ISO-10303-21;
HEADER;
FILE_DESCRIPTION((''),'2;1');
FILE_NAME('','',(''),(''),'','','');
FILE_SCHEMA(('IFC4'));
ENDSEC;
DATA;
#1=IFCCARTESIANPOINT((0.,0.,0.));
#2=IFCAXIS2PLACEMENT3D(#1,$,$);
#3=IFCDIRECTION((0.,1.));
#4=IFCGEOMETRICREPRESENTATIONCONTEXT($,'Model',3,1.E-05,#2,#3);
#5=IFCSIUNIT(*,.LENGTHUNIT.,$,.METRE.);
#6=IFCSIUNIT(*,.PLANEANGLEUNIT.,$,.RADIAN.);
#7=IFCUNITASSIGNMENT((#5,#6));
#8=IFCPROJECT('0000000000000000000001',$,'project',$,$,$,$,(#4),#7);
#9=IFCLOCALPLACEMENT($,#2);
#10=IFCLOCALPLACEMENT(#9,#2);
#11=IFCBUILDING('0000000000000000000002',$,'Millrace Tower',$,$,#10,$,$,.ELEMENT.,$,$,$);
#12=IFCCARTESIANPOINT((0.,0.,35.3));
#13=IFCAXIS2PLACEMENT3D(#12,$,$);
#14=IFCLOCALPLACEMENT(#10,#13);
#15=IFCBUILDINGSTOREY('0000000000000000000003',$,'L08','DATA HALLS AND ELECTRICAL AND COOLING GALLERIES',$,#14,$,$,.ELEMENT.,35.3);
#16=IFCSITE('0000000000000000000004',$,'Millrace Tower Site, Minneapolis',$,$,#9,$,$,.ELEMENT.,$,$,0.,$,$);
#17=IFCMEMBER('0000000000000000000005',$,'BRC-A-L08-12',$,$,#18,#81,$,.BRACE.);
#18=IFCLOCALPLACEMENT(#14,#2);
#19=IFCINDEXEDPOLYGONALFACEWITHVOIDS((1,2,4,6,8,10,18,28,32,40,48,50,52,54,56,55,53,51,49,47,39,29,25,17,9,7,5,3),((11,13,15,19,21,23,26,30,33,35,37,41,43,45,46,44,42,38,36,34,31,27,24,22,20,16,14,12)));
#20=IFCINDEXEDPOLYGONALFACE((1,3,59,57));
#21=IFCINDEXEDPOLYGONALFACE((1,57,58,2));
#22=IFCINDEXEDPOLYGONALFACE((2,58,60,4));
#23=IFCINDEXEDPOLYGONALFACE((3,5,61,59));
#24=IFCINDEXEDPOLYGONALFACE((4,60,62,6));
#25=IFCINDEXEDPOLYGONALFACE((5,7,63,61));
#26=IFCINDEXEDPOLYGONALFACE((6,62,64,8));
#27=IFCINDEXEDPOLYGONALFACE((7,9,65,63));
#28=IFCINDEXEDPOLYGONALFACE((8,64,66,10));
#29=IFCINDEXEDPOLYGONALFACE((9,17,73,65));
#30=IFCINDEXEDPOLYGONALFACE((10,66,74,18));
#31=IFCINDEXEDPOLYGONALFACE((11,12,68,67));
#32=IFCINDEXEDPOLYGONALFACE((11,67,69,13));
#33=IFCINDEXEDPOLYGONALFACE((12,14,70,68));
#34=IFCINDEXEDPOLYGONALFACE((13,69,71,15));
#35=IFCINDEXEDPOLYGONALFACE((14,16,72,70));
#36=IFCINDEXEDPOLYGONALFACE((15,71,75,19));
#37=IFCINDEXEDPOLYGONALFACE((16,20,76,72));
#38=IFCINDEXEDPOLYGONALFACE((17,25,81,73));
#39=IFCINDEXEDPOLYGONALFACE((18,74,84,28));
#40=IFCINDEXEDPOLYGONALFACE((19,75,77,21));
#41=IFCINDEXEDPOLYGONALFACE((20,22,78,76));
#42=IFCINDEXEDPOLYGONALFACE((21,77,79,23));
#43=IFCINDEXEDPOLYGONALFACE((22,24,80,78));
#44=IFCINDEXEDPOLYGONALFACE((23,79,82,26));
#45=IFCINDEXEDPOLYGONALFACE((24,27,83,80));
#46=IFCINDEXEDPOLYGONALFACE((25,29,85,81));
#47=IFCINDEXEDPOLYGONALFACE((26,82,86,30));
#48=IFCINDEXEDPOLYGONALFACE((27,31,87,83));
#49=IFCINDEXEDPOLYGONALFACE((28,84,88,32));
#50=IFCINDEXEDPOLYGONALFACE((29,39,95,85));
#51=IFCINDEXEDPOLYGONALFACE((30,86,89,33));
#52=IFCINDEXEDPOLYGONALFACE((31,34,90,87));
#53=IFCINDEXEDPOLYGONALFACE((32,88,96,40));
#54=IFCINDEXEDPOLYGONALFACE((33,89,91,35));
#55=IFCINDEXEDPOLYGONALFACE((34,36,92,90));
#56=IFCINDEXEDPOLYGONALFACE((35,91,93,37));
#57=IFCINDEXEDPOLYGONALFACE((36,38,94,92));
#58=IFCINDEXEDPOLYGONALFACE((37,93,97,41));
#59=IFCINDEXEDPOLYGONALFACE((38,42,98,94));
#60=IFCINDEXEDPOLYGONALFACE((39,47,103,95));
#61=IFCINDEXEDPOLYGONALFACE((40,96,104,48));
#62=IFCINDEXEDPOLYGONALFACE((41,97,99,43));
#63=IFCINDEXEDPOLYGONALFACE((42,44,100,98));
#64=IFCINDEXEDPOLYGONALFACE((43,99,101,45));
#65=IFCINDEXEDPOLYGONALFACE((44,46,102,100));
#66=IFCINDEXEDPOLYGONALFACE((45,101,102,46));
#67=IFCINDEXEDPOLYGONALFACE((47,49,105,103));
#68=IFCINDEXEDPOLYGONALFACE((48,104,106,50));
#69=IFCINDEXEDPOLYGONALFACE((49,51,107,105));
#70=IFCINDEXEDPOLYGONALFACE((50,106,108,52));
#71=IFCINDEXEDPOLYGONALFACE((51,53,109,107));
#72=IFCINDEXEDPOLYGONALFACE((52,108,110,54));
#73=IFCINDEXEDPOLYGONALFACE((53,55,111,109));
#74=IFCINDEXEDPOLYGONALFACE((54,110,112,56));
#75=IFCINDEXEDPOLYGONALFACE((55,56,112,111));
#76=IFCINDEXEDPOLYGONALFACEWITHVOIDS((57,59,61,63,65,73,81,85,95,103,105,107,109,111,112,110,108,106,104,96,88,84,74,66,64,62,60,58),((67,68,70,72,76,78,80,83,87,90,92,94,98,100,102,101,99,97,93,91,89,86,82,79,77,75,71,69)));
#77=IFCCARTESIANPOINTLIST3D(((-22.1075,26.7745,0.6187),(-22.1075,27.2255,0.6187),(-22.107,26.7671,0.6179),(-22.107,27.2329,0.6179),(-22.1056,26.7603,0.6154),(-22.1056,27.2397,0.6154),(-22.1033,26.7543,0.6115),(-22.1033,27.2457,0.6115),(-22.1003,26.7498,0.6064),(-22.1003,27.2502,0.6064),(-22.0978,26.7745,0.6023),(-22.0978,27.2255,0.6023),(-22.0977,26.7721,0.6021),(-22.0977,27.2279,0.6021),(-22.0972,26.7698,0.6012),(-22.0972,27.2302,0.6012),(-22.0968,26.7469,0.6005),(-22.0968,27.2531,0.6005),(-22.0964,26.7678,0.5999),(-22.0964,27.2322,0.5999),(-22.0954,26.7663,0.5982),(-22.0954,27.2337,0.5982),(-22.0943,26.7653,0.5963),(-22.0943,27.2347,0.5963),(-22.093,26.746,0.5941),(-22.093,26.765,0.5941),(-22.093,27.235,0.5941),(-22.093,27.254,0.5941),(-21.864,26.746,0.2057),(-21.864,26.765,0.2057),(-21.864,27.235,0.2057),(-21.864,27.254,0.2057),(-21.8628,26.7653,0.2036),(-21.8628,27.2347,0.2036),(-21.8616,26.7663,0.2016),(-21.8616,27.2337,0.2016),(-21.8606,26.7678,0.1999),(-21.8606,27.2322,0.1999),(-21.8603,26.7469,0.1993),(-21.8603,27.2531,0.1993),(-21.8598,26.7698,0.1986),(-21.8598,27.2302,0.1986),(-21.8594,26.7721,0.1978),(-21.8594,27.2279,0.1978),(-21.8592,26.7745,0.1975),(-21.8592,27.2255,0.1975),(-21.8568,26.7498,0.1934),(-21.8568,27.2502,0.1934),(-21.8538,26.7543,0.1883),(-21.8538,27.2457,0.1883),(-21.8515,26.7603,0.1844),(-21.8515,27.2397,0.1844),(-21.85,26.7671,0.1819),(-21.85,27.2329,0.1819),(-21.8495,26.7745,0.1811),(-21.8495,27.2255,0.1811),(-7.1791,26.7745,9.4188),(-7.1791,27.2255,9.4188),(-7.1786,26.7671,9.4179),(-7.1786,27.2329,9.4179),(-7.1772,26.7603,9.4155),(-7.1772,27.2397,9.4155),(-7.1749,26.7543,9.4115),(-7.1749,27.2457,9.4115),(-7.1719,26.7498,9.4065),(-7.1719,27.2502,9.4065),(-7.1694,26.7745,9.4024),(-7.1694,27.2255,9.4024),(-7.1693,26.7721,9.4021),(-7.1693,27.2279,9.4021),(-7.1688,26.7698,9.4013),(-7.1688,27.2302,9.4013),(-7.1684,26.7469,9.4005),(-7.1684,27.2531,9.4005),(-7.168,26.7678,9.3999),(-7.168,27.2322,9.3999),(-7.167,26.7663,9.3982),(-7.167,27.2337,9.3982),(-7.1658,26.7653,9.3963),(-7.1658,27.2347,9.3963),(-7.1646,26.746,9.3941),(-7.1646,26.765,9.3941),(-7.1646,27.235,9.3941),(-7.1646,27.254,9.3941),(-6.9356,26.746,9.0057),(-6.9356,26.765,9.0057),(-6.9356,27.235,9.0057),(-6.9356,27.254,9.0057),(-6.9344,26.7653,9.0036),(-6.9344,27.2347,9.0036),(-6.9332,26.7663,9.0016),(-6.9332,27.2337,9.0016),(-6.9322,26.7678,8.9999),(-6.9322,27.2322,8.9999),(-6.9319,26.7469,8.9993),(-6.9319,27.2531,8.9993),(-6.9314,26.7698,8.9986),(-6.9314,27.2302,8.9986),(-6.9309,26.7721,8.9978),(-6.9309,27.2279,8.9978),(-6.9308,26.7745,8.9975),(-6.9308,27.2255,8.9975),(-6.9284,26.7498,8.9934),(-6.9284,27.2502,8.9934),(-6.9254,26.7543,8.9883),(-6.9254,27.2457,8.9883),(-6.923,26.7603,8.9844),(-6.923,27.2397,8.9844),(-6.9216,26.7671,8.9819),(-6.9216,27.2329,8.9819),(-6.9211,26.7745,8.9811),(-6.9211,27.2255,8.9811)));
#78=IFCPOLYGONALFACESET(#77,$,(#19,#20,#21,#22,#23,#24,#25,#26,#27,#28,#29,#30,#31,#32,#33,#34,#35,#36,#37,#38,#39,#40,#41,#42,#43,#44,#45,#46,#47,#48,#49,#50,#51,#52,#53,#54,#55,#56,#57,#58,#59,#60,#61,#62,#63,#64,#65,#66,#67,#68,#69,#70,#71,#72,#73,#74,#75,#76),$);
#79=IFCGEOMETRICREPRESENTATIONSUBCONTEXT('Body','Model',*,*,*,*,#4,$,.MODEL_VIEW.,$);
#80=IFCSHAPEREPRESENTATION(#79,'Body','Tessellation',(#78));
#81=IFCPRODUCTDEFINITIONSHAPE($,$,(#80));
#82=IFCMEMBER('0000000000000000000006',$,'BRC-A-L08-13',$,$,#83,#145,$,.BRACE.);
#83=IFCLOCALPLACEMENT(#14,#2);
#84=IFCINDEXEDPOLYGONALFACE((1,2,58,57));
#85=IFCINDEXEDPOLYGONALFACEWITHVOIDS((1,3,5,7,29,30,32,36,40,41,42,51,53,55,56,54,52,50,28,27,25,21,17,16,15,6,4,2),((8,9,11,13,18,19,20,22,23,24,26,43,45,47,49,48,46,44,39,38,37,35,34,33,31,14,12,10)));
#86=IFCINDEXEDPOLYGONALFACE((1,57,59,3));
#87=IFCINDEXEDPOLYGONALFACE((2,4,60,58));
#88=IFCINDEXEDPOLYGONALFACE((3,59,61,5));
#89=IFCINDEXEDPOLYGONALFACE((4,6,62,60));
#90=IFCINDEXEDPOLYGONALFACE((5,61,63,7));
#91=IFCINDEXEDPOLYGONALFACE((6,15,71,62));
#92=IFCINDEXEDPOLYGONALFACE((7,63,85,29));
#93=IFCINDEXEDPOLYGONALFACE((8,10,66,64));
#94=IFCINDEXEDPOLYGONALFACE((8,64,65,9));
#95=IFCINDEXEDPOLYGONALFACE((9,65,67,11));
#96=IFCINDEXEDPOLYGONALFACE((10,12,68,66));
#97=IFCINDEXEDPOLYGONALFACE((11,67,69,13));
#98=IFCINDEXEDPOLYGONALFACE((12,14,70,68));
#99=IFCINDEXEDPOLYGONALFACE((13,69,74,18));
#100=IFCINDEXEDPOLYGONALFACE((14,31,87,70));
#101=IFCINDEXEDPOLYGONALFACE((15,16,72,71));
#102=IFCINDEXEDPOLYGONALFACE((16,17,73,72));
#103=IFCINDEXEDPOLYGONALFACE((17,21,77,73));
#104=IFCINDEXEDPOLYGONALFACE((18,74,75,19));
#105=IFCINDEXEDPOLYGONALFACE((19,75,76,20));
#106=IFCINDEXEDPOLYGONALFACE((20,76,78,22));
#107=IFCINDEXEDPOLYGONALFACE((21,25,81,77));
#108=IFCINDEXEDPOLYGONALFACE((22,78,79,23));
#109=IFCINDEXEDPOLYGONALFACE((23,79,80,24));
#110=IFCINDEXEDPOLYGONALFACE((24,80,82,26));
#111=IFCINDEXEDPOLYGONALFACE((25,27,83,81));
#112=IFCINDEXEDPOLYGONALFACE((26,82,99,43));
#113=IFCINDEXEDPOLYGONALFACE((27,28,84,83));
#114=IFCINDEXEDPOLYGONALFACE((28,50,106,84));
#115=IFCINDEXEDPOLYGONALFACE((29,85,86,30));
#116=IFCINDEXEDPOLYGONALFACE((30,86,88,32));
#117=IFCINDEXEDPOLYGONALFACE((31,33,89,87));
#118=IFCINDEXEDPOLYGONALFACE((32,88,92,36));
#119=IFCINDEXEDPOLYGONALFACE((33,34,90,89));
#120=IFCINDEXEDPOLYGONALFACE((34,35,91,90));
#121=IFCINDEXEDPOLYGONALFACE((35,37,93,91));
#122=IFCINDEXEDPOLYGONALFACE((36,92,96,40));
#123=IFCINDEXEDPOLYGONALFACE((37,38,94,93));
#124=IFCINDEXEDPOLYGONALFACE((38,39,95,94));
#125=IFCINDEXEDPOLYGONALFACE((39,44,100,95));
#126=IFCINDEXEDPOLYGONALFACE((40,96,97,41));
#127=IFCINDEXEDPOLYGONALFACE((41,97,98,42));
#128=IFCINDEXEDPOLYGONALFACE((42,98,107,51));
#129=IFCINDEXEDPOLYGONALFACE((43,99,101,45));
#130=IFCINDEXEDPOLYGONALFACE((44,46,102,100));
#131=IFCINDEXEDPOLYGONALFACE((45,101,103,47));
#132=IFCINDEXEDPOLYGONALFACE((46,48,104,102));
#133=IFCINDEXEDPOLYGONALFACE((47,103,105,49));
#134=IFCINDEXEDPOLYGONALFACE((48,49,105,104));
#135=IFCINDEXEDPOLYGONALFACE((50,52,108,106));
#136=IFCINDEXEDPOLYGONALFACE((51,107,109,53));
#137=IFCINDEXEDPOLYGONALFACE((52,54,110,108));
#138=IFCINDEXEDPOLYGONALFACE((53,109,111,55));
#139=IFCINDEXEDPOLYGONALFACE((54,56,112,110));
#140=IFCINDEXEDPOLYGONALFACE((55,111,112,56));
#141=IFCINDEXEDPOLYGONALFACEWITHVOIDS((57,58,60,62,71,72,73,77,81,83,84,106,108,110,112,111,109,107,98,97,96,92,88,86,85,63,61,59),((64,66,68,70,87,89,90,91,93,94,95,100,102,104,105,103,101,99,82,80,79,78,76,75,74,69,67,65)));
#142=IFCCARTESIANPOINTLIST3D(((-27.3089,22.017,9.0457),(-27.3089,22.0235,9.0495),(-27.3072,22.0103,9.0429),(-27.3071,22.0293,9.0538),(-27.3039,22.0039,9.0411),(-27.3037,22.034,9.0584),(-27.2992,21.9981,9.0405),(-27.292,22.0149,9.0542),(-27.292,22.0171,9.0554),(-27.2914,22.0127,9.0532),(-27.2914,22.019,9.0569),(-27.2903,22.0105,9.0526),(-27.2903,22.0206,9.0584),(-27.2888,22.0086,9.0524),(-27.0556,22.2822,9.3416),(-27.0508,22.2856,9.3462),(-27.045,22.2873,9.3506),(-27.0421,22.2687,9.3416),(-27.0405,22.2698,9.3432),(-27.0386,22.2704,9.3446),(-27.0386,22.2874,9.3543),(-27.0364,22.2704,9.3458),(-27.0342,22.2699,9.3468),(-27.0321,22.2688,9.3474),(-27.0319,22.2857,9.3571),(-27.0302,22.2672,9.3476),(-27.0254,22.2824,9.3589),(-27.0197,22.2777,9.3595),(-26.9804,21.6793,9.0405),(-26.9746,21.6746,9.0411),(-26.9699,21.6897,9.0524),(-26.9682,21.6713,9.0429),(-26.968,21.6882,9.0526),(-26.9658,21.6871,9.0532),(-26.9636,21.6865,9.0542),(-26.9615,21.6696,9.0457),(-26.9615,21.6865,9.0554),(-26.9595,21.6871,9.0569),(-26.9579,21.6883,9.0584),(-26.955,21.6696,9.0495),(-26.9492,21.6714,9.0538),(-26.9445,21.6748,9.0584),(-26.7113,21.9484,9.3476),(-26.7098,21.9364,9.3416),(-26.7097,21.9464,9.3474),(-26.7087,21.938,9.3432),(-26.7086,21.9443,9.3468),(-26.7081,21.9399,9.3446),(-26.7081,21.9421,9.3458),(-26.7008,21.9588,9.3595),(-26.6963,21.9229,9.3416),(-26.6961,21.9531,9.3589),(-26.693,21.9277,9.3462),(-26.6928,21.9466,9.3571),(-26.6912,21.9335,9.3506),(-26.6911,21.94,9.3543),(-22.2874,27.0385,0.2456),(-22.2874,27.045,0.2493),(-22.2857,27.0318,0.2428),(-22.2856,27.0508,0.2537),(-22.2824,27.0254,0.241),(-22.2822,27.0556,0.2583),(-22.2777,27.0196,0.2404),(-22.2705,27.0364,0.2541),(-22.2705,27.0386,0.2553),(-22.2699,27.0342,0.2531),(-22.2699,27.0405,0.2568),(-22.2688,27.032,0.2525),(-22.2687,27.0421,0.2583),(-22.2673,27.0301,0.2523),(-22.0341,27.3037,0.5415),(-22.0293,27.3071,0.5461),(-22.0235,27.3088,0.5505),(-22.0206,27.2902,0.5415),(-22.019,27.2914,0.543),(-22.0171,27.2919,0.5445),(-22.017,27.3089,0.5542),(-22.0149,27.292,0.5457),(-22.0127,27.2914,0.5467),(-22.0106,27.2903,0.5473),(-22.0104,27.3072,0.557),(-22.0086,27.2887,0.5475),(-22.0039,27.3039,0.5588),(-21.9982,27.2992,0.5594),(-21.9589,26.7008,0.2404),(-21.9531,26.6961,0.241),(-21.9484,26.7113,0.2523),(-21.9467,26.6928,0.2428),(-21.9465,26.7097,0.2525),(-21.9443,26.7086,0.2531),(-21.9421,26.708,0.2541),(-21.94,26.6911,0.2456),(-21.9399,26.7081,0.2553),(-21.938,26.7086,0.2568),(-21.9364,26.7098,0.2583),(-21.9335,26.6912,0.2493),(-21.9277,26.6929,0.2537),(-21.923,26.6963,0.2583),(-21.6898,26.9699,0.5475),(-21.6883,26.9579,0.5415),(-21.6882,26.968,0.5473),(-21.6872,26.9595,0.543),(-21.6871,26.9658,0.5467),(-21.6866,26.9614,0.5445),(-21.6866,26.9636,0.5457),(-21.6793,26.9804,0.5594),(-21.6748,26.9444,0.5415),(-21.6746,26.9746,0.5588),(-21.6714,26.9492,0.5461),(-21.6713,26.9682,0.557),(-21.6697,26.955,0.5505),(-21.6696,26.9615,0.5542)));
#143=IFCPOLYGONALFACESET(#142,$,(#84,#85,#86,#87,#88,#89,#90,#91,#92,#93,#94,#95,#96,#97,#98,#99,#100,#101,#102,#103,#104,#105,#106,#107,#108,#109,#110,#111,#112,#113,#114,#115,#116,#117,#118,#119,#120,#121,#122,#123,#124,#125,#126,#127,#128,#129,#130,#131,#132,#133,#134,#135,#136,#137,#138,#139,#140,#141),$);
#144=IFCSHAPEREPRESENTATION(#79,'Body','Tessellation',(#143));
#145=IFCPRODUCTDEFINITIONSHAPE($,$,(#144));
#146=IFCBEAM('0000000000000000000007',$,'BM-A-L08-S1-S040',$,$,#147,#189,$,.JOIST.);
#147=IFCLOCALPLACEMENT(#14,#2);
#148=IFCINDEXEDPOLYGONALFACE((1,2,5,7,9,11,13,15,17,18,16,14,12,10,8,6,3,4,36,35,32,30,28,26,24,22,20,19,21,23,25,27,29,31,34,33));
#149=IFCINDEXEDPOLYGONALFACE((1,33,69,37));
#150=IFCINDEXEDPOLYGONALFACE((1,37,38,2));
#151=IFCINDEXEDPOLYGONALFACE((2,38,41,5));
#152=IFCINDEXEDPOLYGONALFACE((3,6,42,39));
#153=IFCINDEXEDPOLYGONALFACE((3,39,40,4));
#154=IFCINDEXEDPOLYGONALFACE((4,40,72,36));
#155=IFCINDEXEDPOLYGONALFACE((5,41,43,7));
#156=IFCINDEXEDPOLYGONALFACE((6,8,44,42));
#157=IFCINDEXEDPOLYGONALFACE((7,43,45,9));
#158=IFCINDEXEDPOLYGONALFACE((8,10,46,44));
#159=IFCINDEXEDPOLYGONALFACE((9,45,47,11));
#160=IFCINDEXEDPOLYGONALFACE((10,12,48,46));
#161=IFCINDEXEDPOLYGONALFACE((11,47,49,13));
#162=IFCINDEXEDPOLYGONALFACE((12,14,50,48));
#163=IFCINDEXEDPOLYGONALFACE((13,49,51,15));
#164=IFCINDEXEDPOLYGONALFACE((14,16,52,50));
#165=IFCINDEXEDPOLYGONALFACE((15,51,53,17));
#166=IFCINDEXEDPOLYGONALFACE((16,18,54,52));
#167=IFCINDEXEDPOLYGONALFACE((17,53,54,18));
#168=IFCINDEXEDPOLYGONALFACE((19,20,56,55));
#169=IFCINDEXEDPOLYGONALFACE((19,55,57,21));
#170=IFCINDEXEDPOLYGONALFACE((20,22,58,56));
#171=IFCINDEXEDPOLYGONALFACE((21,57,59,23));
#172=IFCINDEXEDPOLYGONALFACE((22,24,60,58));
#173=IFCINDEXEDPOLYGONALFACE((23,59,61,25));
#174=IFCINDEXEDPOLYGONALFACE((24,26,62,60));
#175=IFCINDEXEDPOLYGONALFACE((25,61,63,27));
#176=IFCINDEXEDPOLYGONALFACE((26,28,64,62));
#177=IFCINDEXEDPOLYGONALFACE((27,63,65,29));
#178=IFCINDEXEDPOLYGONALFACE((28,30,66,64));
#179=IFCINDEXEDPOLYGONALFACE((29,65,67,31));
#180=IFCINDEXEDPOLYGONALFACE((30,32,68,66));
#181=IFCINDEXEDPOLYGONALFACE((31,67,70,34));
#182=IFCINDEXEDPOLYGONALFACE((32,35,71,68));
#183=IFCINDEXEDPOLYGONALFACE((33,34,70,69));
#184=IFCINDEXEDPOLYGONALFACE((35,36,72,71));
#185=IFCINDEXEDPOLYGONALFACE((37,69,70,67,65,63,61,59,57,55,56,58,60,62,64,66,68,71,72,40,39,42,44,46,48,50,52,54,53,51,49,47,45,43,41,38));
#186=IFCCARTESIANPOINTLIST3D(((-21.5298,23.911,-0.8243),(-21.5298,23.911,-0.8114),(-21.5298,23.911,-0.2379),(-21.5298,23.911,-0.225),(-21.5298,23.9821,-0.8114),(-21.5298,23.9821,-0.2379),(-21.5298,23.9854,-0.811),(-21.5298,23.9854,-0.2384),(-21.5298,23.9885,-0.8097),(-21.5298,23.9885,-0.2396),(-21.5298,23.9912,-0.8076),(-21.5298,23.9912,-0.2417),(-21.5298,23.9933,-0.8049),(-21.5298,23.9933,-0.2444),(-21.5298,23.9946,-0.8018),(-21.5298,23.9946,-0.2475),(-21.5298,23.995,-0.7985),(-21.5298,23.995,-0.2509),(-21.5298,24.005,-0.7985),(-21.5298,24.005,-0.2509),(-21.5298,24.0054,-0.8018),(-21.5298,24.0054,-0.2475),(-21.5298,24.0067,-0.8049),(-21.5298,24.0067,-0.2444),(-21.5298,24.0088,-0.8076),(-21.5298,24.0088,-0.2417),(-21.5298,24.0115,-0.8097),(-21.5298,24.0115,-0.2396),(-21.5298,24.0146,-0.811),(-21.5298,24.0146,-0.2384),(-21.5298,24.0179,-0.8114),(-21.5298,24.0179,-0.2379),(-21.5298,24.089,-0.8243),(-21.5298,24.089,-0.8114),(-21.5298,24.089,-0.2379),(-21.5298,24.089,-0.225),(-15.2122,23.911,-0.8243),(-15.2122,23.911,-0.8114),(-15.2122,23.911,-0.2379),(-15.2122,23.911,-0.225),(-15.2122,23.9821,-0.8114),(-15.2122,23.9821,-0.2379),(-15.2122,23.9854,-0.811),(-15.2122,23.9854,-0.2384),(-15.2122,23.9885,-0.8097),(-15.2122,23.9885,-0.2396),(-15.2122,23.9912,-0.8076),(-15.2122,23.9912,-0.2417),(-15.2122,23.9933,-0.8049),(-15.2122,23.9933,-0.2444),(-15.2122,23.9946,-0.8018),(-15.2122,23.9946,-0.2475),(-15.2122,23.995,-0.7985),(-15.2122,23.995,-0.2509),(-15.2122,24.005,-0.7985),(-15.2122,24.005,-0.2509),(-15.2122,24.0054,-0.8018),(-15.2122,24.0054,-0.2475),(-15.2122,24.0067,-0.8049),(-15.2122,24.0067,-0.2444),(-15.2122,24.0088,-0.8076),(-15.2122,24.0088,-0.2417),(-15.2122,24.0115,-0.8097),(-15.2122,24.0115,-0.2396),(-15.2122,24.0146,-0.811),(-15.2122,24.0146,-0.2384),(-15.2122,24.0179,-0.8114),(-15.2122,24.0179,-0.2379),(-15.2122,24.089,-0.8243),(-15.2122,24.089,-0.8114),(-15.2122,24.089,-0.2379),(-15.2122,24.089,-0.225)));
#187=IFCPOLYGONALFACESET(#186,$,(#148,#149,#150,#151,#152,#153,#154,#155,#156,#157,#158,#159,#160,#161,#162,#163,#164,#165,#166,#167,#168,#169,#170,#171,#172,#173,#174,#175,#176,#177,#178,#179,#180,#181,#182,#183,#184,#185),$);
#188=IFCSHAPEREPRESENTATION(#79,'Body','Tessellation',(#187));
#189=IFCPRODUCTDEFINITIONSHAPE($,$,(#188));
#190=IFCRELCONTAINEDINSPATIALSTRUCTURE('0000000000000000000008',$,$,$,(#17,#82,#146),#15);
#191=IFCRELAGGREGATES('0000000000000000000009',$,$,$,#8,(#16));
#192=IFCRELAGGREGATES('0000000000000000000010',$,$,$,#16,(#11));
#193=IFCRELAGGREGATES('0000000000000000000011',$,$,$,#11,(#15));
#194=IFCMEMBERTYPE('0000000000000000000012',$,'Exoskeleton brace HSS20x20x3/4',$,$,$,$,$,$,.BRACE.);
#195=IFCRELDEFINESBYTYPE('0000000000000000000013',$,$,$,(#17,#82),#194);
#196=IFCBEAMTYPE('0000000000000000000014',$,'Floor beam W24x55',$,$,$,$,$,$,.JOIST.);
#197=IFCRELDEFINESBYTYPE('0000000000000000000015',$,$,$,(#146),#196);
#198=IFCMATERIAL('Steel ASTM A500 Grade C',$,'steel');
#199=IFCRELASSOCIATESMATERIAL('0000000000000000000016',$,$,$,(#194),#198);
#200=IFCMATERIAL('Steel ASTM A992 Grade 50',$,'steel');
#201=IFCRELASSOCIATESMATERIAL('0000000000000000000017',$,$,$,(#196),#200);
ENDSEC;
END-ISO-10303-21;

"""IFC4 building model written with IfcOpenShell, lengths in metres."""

from ifc_helpers import new_model, si_unit, direction, frame, origin, origin_2d, place, context, subcontext, project, spatial, hollow_rectangle, i_section, extrude, material, material_profile, profile_set, type_object, element, save


model = new_model("IFC4")

# Units and contexts
model_context = context("Model", 3, precision=1e-05, world=origin(), true_north=direction((0.0, 1.0)))
body_context = subcontext(model_context, "Body", "Model", "MODEL_VIEW")
ifc_project = project(units=[si_unit("LENGTHUNIT", "METRE"), si_unit("PLANEANGLEUNIT", "RADIAN")], contexts=[model_context])

# Site, building, storey
site_placement = place(None, origin())
site = spatial("IfcSite", under=ifc_project, at=site_placement, Name="Millrace Tower Site, Minneapolis", CompositionType="ELEMENT", RefElevation=0.0)
building_placement = place(site_placement, origin())
building = spatial("IfcBuilding", under=site, at=building_placement, Name="Millrace Tower", CompositionType="ELEMENT")
storey_placement = place(building_placement, frame((0.0, 0.0, 35.3)))
storey = spatial("IfcBuildingStorey", under=building, at=storey_placement, Name="L08", Description="DATA HALLS AND ELECTRICAL AND COOLING GALLERIES", CompositionType="ELEMENT", Elevation=35.3)

# Members
ifc_material_1 = material(Name="Steel ASTM A500 Grade C", Category="steel")
ifc_material_profile_1 = material_profile(ifc_material_1, hollow_rectangle(XDim=0.5081, YDim=0.5081, WallThickness=0.019, InnerFilletRadius=0.0095, OuterFilletRadius=0.0286, at=origin_2d()))
ifc_profile_set_1 = profile_set([ifc_material_profile_1], Name="Steel ASTM A500 Grade C")
member_type_1 = type_object("IfcMemberType", Name="Exoskeleton brace HSS20x20x3/4", PredefinedType="BRACE", material=ifc_profile_set_1)
member_1_placement = place(storey_placement, frame((-21.9785, 27.0, 0.3999), z_axis=(0.861465, 0.0, 0.507817), x_axis=(0.0, 1.0, 0.0)))
element("IfcMember", 1, at=member_1_placement, inside=storey, type_object=member_type_1, Name="BRC-A-L08-12", PredefinedType="BRACE", context=body_context, shape_type="SweptSolid", body=[
    extrude(hollow_rectangle(XDim=0.5081, YDim=0.5081, WallThickness=0.019, InnerFilletRadius=0.0095, OuterFilletRadius=0.0286, at=origin_2d()), origin(), (0.0, 0.0, 1.0), 17.3291),
])
member_2_placement = place(storey_placement, frame((-21.9785, 27.0, 0.3999), z_axis=(-0.444064, -0.444064, 0.778213), x_axis=(0.707107, -0.707107, 0.0)))
element("IfcMember", 2, at=member_2_placement, inside=storey, type_object=member_type_1, Name="BRC-A-L08-13", PredefinedType="BRACE", context=body_context, shape_type="SweptSolid", body=[
    extrude(hollow_rectangle(XDim=0.5081, YDim=0.5081, WallThickness=0.019, InnerFilletRadius=0.0095, OuterFilletRadius=0.0286, at=origin_2d()), origin(), (0.0, 0.0, 1.0), 11.3081),
])

# Beam
ifc_material_2 = material(Name="Steel ASTM A992 Grade 50", Category="steel")
ifc_material_profile_2 = material_profile(ifc_material_2, i_section(OverallWidth=0.178, OverallDepth=0.5994, WebThickness=0.01, FlangeThickness=0.0129, FilletRadius=0.0129, at=origin_2d()))
ifc_profile_set_2 = profile_set([ifc_material_profile_2], Name="Steel ASTM A992 Grade 50")
beam_type_1 = type_object("IfcBeamType", Name="Floor beam W24x55", PredefinedType="JOIST", material=ifc_profile_set_2)
beam_1_placement = place(storey_placement, frame((-21.5298, 24.0, -0.5247), z_axis=(1.0, 0.0, 0.0), x_axis=(0.0, 1.0, 0.0)))
element("IfcBeam", 3, at=beam_1_placement, inside=storey, type_object=beam_type_1, Name="BM-A-L08-S1-S040", PredefinedType="JOIST", context=body_context, shape_type="SweptSolid", body=[
    extrude(i_section(OverallWidth=0.178, OverallDepth=0.5994, WebThickness=0.01, FlangeThickness=0.0129, FilletRadius=0.0129, at=origin_2d()), origin(), (0.0, 0.0, 1.0), 6.3176),
])

save(model, "model.ifc")
